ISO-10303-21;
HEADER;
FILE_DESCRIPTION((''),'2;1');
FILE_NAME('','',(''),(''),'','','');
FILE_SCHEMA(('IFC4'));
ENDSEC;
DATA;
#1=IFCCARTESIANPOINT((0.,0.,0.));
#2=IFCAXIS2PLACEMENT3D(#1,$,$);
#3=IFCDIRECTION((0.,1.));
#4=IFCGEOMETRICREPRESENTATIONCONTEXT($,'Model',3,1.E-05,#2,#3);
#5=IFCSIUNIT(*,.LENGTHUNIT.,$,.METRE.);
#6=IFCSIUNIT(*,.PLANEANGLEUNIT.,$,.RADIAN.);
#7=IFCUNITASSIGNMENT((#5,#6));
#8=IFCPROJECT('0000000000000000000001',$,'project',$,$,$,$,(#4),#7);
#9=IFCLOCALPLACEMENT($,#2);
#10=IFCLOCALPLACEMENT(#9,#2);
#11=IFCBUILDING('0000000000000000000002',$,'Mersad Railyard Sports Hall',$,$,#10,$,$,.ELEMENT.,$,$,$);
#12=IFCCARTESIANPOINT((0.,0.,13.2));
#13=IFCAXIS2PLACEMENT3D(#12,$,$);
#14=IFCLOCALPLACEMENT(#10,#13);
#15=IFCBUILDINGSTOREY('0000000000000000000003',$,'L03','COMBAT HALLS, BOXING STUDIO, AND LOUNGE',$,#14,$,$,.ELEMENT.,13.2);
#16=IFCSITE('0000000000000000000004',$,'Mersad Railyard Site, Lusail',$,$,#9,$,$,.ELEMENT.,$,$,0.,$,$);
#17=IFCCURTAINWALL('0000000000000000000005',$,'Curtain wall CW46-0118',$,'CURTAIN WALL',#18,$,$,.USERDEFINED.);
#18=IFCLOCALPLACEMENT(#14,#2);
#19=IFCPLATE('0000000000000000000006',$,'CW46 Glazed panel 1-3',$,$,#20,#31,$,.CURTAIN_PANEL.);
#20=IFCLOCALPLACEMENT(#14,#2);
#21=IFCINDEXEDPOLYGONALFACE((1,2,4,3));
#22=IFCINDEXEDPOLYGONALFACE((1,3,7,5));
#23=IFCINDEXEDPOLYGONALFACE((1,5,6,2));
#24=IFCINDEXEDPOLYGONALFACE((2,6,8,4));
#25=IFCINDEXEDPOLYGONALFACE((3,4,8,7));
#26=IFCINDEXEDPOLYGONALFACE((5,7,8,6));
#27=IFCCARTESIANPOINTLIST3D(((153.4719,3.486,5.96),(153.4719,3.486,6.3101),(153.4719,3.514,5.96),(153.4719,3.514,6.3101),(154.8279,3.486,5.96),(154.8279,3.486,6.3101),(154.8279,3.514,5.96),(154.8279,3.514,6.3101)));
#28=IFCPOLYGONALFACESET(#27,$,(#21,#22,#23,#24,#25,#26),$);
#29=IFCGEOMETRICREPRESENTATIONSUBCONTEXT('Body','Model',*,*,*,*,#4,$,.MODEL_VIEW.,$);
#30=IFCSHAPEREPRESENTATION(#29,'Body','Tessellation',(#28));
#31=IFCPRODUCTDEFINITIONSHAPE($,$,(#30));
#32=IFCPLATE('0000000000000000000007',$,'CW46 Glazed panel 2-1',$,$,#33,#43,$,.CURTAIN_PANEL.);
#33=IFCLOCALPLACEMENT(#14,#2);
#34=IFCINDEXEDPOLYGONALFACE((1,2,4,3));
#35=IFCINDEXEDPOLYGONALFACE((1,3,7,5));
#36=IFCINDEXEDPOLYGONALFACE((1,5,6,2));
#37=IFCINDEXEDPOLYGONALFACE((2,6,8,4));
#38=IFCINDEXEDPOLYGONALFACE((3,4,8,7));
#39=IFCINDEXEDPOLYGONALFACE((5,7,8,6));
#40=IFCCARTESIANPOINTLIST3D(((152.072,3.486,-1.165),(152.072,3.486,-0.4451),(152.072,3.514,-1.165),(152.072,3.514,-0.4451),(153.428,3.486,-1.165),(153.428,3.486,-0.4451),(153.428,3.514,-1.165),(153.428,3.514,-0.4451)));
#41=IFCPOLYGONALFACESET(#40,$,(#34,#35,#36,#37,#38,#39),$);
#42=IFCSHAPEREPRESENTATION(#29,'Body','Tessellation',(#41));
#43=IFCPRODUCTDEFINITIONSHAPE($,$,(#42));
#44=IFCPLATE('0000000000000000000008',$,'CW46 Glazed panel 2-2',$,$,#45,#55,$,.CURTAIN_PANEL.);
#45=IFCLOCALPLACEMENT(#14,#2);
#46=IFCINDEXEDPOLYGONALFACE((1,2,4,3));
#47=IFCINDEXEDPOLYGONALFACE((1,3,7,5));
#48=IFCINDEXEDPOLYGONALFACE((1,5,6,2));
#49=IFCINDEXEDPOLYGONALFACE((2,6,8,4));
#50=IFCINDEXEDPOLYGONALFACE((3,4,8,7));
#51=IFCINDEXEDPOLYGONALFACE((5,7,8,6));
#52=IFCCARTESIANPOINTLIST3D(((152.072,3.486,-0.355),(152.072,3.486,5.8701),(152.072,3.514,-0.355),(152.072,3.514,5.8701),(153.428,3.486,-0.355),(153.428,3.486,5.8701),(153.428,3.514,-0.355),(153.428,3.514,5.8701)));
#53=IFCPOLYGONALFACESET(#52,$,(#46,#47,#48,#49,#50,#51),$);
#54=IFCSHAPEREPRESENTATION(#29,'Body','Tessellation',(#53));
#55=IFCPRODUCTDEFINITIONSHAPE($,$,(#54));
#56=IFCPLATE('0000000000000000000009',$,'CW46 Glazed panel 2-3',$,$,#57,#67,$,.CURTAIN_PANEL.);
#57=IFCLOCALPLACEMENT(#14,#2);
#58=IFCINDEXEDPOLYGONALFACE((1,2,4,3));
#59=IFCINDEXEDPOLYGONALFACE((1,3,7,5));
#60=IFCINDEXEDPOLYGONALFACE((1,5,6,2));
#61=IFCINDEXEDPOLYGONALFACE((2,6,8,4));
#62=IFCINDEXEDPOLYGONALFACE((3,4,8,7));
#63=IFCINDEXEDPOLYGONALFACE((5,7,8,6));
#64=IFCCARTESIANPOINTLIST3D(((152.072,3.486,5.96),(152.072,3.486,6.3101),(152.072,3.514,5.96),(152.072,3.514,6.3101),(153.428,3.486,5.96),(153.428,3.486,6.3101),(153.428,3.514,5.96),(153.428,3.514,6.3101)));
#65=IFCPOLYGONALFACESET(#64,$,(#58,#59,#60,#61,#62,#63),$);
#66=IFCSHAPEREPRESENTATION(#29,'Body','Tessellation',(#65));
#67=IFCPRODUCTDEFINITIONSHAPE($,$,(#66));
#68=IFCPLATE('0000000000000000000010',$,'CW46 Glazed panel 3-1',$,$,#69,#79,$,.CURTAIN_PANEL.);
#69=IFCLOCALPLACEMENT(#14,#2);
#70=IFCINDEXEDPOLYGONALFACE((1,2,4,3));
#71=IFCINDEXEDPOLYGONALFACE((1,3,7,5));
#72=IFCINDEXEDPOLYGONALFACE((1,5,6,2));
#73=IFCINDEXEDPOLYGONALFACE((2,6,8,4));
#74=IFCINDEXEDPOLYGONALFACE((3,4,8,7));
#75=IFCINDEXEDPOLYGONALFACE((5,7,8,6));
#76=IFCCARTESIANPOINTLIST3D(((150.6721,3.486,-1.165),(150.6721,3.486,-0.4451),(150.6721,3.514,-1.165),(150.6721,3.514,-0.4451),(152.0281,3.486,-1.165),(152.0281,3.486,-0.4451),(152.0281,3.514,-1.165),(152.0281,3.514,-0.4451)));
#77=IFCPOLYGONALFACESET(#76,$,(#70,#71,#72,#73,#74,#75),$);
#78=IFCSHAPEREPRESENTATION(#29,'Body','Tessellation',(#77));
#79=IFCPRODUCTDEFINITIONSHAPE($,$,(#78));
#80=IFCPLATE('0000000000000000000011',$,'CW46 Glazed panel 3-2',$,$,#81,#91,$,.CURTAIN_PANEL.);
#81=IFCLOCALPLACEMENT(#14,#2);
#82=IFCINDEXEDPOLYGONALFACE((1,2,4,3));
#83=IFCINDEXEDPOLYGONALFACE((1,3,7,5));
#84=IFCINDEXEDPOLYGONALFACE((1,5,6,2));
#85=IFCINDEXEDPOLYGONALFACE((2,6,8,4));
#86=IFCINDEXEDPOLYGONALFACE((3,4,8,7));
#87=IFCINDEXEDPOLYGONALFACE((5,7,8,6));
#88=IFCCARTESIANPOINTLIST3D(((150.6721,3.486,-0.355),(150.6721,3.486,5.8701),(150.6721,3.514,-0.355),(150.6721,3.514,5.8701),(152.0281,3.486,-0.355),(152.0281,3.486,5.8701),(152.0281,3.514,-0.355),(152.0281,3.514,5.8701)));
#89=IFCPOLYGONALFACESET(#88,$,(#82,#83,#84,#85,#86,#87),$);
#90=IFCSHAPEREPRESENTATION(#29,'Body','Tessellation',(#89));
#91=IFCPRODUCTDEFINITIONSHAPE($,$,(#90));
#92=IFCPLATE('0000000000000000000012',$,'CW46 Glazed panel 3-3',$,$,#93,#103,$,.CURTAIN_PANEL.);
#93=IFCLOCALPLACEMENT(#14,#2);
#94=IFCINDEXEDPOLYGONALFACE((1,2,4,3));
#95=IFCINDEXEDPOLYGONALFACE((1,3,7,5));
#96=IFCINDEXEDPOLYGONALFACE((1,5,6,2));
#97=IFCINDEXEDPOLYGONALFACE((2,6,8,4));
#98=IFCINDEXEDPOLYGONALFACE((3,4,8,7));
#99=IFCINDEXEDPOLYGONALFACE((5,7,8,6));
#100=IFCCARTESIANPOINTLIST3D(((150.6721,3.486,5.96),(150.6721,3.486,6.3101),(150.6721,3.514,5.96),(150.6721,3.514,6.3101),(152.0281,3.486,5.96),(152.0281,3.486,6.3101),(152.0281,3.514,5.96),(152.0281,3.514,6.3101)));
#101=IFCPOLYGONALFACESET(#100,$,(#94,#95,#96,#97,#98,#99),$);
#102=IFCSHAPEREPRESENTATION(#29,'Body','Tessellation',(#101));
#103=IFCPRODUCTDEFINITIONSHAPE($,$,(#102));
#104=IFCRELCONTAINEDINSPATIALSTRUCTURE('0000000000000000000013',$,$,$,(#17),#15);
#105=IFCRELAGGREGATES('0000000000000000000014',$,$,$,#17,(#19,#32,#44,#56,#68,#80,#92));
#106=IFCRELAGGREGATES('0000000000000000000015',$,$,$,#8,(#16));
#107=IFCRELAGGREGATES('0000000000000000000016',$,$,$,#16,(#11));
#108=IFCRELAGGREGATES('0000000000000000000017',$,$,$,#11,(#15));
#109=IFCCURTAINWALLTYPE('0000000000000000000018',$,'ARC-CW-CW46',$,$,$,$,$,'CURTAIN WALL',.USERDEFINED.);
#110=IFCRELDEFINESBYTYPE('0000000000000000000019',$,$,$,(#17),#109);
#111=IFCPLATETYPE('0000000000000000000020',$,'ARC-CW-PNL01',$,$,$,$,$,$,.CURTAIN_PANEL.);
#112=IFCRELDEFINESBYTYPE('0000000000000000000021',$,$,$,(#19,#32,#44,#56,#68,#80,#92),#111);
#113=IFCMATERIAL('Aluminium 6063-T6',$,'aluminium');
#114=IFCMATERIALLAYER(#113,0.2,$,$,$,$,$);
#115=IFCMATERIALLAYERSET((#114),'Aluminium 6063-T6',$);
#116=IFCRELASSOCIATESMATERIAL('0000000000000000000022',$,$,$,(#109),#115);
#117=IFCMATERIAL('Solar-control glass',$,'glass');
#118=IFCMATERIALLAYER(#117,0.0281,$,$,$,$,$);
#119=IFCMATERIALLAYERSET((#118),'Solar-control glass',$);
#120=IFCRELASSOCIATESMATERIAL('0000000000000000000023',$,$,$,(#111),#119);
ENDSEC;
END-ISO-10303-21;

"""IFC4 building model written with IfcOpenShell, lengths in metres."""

from ifc_helpers import new_model, si_unit, direction, frame, origin, origin_2d, place, context, subcontext, project, spatial, rectangle, extrude, material, layer, layer_set, type_object, element, aggregate, save


model = new_model("IFC4")

# Units and contexts
model_context = context("Model", 3, precision=1e-05, world=origin(), true_north=direction((0.0, 1.0)))
body_context = subcontext(model_context, "Body", "Model", "MODEL_VIEW")
ifc_project = project(units=[si_unit("LENGTHUNIT", "METRE"), si_unit("PLANEANGLEUNIT", "RADIAN")], contexts=[model_context])

# Site, building, storey
site_placement = place(None, origin())
site = spatial("IfcSite", under=ifc_project, at=site_placement, Name="Mersad Railyard Site, Lusail", CompositionType="ELEMENT", RefElevation=0.0)
building_placement = place(site_placement, origin())
building = spatial("IfcBuilding", under=site, at=building_placement, Name="Mersad Railyard Sports Hall", CompositionType="ELEMENT")
storey_placement = place(building_placement, frame((0.0, 0.0, 13.2)))
storey = spatial("IfcBuildingStorey", under=building, at=storey_placement, Name="L03", Description="COMBAT HALLS, BOXING STUDIO, AND LOUNGE", CompositionType="ELEMENT", Elevation=13.2)

# Shared definitions
ifc_material_1 = material(Name="Aluminium 6063-T6", Category="aluminium")

# Curtain wall
ifc_layer_1 = layer(ifc_material_1, 0.2)
ifc_layer_set_1 = layer_set([ifc_layer_1], Name="Aluminium 6063-T6")
curtain_wall_type_1 = type_object("IfcCurtainWallType", Name="ARC-CW-CW46", ElementType="CURTAIN WALL", PredefinedType="USERDEFINED", material=ifc_layer_set_1)
curtain_wall_1_placement = place(storey_placement, origin())
curtain_wall_1 = element("IfcCurtainWall", 1, at=curtain_wall_1_placement, inside=storey, type_object=curtain_wall_type_1, Name="Curtain wall CW46-0118", ObjectType="CURTAIN WALL", PredefinedType="USERDEFINED")

# Plates
ifc_material_2 = material(Name="Solar-control glass", Category="glass")
ifc_layer_2 = layer(ifc_material_2, 0.0281)
ifc_layer_set_2 = layer_set([ifc_layer_2], Name="Solar-control glass")
plate_type = type_object("IfcPlateType", Name="ARC-CW-PNL01", PredefinedType="CURTAIN_PANEL", material=ifc_layer_set_2)
plate_1_placement = place(storey_placement, frame((154.1499, 3.5, 5.96), z_axis=(0.0, 0.0, 1.0), x_axis=(-1.0, 0.0, 0.0)))
plate_1 = element("IfcPlate", 2, at=plate_1_placement, type_object=plate_type, Name="CW46 Glazed panel 1-3", PredefinedType="CURTAIN_PANEL", context=body_context, shape_type="SweptSolid", body=[
    extrude(rectangle(XDim=1.356, YDim=0.0281, at=origin_2d()), origin(), (0.0, 0.0, 1.0), 0.3501),
])
plate_2_placement = place(storey_placement, frame((152.75, 3.5, -1.165), z_axis=(0.0, 0.0, 1.0), x_axis=(-1.0, 0.0, 0.0)))
plate_2 = element("IfcPlate", 3, at=plate_2_placement, type_object=plate_type, Name="CW46 Glazed panel 2-1", PredefinedType="CURTAIN_PANEL", context=body_context, shape_type="SweptSolid", body=[
    extrude(rectangle(XDim=1.356, YDim=0.0281, at=origin_2d()), origin(), (0.0, 0.0, 1.0), 0.72),
])
plate_3_placement = place(storey_placement, frame((152.75, 3.5, -0.355), z_axis=(0.0, 0.0, 1.0), x_axis=(-1.0, 0.0, 0.0)))
plate_3 = element("IfcPlate", 4, at=plate_3_placement, type_object=plate_type, Name="CW46 Glazed panel 2-2", PredefinedType="CURTAIN_PANEL", context=body_context, shape_type="SweptSolid", body=[
    extrude(rectangle(XDim=1.356, YDim=0.0281, at=origin_2d()), origin(), (0.0, 0.0, 1.0), 6.2251),
])
plate_4_placement = place(storey_placement, frame((152.75, 3.5, 5.96), z_axis=(0.0, 0.0, 1.0), x_axis=(-1.0, 0.0, 0.0)))
plate_4 = element("IfcPlate", 5, at=plate_4_placement, type_object=plate_type, Name="CW46 Glazed panel 2-3", PredefinedType="CURTAIN_PANEL", context=body_context, shape_type="SweptSolid", body=[
    extrude(rectangle(XDim=1.356, YDim=0.0281, at=origin_2d()), origin(), (0.0, 0.0, 1.0), 0.3501),
])
plate_5_placement = place(storey_placement, frame((151.3501, 3.5, -1.165), z_axis=(0.0, 0.0, 1.0), x_axis=(-1.0, 0.0, 0.0)))
plate_5 = element("IfcPlate", 6, at=plate_5_placement, type_object=plate_type, Name="CW46 Glazed panel 3-1", PredefinedType="CURTAIN_PANEL", context=body_context, shape_type="SweptSolid", body=[
    extrude(rectangle(XDim=1.356, YDim=0.0281, at=origin_2d()), origin(), (0.0, 0.0, 1.0), 0.72),
])
plate_6_placement = place(storey_placement, frame((151.3501, 3.5, -0.355), z_axis=(0.0, 0.0, 1.0), x_axis=(-1.0, 0.0, 0.0)))
plate_6 = element("IfcPlate", 7, at=plate_6_placement, type_object=plate_type, Name="CW46 Glazed panel 3-2", PredefinedType="CURTAIN_PANEL", context=body_context, shape_type="SweptSolid", body=[
    extrude(rectangle(XDim=1.356, YDim=0.0281, at=origin_2d()), origin(), (0.0, 0.0, 1.0), 6.2251),
])
plate_7_placement = place(storey_placement, frame((151.3501, 3.5, 5.96), z_axis=(0.0, 0.0, 1.0), x_axis=(-1.0, 0.0, 0.0)))
plate_7 = element("IfcPlate", 8, at=plate_7_placement, type_object=plate_type, Name="CW46 Glazed panel 3-3", PredefinedType="CURTAIN_PANEL", context=body_context, shape_type="SweptSolid", body=[
    extrude(rectangle(XDim=1.356, YDim=0.0281, at=origin_2d()), origin(), (0.0, 0.0, 1.0), 0.3501),
])
aggregate(curtain_wall_1, [plate_1, plate_2, plate_3, plate_4, plate_5, plate_6, plate_7])

save(model, "model.ifc")
